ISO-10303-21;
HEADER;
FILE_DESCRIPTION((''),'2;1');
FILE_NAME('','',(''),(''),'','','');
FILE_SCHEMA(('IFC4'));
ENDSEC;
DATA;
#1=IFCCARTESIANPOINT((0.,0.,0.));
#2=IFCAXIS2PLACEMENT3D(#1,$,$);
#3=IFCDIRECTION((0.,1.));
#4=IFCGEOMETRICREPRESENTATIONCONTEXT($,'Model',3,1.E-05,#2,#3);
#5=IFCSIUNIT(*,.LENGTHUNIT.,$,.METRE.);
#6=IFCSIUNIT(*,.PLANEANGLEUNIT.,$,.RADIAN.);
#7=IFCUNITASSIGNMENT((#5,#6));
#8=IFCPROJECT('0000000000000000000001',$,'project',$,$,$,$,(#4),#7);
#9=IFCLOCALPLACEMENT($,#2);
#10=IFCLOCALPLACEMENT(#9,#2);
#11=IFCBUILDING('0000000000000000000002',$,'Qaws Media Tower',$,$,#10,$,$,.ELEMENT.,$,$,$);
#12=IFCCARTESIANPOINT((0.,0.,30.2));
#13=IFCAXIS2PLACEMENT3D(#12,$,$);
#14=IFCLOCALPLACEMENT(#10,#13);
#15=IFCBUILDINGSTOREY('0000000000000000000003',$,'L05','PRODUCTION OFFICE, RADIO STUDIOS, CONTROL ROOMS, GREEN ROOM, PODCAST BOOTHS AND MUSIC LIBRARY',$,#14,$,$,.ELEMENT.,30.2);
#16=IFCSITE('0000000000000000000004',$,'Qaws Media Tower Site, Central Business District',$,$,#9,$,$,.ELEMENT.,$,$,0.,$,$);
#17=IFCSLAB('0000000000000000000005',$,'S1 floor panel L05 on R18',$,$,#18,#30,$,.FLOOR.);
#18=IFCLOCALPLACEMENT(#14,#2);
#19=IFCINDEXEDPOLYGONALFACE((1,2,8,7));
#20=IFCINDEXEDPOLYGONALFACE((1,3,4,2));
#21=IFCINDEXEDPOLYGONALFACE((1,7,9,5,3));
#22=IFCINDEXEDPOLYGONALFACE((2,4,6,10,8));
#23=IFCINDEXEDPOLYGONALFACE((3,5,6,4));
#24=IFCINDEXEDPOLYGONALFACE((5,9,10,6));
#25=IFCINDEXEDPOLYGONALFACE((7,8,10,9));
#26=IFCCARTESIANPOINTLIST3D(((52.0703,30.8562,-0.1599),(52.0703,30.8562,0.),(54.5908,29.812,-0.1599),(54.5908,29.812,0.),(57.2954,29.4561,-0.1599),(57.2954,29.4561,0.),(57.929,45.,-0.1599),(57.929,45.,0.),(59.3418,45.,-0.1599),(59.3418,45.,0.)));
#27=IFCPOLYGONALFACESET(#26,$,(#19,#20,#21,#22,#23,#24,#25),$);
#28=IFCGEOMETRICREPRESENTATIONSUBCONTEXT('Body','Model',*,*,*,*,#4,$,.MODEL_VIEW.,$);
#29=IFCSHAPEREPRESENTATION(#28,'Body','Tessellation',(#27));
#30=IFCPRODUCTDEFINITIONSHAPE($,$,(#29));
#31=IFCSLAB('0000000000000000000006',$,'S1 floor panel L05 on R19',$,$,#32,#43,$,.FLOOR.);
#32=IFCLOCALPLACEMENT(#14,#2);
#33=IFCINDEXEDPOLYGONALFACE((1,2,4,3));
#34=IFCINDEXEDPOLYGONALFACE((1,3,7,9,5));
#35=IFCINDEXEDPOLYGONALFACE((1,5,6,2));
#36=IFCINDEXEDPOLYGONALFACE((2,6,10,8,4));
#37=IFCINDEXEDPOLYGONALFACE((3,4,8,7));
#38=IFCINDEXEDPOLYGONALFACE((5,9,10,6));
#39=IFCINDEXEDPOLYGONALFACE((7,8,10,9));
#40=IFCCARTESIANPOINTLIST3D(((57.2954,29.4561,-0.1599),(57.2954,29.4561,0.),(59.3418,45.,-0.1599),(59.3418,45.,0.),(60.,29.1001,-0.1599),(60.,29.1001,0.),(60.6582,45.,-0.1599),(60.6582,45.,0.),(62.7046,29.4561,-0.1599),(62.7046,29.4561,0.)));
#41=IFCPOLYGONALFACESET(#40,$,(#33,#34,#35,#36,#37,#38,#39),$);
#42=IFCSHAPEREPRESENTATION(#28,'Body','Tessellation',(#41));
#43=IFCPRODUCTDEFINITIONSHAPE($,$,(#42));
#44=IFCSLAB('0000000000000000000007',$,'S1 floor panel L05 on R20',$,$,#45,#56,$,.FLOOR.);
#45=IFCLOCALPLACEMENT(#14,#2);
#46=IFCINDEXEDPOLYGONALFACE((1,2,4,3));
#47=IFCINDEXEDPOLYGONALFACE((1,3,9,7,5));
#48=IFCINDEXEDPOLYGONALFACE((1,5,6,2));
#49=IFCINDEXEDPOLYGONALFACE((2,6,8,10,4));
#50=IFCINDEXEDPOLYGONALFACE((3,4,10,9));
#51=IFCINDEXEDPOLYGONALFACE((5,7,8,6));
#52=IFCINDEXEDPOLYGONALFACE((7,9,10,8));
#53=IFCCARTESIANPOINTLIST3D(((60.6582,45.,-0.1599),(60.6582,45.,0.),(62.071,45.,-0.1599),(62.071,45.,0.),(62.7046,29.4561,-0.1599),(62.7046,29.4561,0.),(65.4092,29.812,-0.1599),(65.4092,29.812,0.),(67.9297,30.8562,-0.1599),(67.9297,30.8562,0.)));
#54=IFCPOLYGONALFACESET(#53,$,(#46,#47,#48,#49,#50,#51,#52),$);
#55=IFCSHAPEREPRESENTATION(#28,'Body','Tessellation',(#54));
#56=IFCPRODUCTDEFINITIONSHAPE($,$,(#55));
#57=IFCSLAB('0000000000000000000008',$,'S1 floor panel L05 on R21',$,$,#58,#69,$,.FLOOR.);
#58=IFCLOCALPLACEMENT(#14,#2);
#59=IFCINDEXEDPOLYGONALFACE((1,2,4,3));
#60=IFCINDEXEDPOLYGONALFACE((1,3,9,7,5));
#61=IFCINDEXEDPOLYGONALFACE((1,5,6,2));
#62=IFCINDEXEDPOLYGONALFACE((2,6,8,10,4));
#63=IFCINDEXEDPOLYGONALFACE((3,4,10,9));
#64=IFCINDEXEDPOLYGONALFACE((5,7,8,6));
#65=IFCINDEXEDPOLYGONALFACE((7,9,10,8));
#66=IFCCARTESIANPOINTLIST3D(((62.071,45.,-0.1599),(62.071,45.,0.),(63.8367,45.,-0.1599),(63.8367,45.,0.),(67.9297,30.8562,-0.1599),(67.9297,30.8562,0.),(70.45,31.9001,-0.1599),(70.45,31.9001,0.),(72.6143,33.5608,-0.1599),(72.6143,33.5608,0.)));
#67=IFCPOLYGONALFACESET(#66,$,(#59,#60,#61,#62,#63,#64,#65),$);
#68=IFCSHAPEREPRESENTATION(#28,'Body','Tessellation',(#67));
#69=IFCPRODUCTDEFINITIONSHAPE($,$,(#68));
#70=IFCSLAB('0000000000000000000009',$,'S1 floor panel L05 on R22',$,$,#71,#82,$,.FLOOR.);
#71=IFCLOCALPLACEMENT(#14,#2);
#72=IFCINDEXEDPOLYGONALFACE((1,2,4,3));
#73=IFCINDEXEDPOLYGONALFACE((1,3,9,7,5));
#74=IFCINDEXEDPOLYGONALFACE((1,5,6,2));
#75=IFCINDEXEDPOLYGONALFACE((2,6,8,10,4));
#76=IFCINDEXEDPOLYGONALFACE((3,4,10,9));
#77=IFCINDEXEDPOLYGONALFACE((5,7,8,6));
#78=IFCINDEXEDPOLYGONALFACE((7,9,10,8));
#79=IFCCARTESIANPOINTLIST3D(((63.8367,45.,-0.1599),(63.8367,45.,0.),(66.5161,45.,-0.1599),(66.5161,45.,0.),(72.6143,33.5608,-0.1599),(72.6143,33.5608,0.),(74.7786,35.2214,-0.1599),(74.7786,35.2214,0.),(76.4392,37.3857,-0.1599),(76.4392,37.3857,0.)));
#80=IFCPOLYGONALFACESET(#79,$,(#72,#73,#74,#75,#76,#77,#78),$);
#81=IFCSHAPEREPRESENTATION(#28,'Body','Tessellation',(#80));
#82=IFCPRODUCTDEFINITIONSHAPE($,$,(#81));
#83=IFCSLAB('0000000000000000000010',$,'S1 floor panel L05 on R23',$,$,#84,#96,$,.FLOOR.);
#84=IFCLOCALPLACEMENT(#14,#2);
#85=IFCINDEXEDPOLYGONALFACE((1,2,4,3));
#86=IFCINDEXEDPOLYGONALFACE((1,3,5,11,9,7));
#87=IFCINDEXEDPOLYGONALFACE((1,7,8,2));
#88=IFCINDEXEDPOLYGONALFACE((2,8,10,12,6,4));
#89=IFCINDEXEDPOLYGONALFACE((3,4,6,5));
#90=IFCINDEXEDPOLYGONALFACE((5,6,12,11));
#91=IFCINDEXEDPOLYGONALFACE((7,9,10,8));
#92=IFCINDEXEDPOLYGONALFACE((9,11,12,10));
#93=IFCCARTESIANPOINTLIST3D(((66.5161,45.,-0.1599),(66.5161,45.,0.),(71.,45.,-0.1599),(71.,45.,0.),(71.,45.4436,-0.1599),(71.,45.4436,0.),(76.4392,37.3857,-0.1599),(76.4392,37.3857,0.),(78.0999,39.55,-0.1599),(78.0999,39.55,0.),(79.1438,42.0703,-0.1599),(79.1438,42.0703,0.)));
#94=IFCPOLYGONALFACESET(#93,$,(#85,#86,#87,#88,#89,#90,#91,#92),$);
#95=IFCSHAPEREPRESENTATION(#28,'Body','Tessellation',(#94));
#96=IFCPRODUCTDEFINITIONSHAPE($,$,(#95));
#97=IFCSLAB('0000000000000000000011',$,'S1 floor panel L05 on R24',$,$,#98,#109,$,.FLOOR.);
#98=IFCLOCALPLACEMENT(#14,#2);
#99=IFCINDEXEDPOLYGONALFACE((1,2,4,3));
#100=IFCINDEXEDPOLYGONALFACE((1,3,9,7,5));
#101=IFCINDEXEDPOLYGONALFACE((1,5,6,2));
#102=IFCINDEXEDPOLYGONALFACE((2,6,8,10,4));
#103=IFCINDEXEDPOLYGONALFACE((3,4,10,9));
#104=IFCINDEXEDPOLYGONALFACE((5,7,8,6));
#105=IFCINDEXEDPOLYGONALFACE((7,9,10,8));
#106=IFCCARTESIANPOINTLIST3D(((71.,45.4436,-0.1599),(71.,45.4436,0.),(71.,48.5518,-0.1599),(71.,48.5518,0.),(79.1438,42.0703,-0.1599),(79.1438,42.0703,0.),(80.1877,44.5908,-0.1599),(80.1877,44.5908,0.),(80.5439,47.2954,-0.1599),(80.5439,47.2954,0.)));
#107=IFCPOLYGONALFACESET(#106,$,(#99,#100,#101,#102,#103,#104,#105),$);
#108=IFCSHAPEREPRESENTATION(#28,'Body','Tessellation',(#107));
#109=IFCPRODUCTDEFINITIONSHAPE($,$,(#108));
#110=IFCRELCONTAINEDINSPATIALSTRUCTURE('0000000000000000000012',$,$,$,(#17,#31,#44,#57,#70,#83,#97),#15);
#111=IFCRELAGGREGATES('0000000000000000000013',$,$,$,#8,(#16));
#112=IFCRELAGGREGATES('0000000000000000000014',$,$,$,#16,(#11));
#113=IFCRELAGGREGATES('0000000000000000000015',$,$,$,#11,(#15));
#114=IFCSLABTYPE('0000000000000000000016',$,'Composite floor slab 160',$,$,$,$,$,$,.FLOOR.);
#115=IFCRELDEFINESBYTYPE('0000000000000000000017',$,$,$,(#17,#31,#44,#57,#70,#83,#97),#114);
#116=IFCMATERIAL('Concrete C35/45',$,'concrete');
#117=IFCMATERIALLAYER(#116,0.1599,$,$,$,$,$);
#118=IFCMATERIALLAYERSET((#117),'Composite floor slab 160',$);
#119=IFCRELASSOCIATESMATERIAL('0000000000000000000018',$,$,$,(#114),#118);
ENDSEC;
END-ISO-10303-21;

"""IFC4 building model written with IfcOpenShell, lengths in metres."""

from ifc_helpers import new_model, si_unit, direction, frame, origin, place, context, subcontext, project, spatial, polyline, outline, extrude, material, layer, layer_set, type_object, element, save


model = new_model("IFC4")

# Units and contexts
model_context = context("Model", 3, precision=1e-05, world=origin(), true_north=direction((0.0, 1.0)))
body_context = subcontext(model_context, "Body", "Model", "MODEL_VIEW")
ifc_project = project(units=[si_unit("LENGTHUNIT", "METRE"), si_unit("PLANEANGLEUNIT", "RADIAN")], contexts=[model_context])

# Site, building, storey
site_placement = place(None, origin())
site = spatial("IfcSite", under=ifc_project, at=site_placement, Name="Qaws Media Tower Site, Central Business District", CompositionType="ELEMENT", RefElevation=0.0)
building_placement = place(site_placement, origin())
building = spatial("IfcBuilding", under=site, at=building_placement, Name="Qaws Media Tower", CompositionType="ELEMENT")
storey_placement = place(building_placement, frame((0.0, 0.0, 30.2)))
storey = spatial("IfcBuildingStorey", under=building, at=storey_placement, Name="L05", Description="PRODUCTION OFFICE, RADIO STUDIOS, CONTROL ROOMS, GREEN ROOM, PODCAST BOOTHS AND MUSIC LIBRARY", CompositionType="ELEMENT", Elevation=30.2)

# Slabs
ifc_material_1 = material(Name="Concrete C35/45", Category="concrete")
ifc_layer_1 = layer(ifc_material_1, 0.1599)
ifc_layer_set_1 = layer_set([ifc_layer_1], Name="Composite floor slab 160")
slab_type_1 = type_object("IfcSlabType", Name="Composite floor slab 160", PredefinedType="FLOOR", material=ifc_layer_set_1)
slab_1_placement = place(storey_placement, frame((0.0, 0.0, -0.1599)))
element("IfcSlab", 1, at=slab_1_placement, inside=storey, type_object=slab_type_1, Name="S1 floor panel L05 on R18", PredefinedType="FLOOR", context=body_context, shape_type="SweptSolid", body=[
    extrude(outline(polyline([(54.5908, 29.812), (52.0703, 30.8562), (57.929, 45.0), (59.3418, 45.0), (57.2954, 29.4561), (54.5908, 29.812)])), origin(), (0.0, 0.0, 1.0), 0.1599),
])
slab_2_placement = place(storey_placement, frame((0.0, 0.0, -0.1599)))
element("IfcSlab", 2, at=slab_2_placement, inside=storey, type_object=slab_type_1, Name="S1 floor panel L05 on R19", PredefinedType="FLOOR", context=body_context, shape_type="SweptSolid", body=[
    extrude(outline(polyline([(60.0, 29.1001), (57.2954, 29.4561), (59.3418, 45.0), (60.6582, 45.0), (62.7046, 29.4561), (60.0, 29.1001)])), origin(), (0.0, 0.0, 1.0), 0.1599),
])
slab_3_placement = place(storey_placement, frame((0.0, 0.0, -0.1599)))
element("IfcSlab", 3, at=slab_3_placement, inside=storey, type_object=slab_type_1, Name="S1 floor panel L05 on R20", PredefinedType="FLOOR", context=body_context, shape_type="SweptSolid", body=[
    extrude(outline(polyline([(65.4092, 29.812), (62.7046, 29.4561), (60.6582, 45.0), (62.071, 45.0), (67.9297, 30.8562), (65.4092, 29.812)])), origin(), (0.0, 0.0, 1.0), 0.1599),
])
slab_4_placement = place(storey_placement, frame((0.0, 0.0, -0.1599)))
element("IfcSlab", 4, at=slab_4_placement, inside=storey, type_object=slab_type_1, Name="S1 floor panel L05 on R21", PredefinedType="FLOOR", context=body_context, shape_type="SweptSolid", body=[
    extrude(outline(polyline([(70.45, 31.9001), (67.9297, 30.8562), (62.071, 45.0), (63.8367, 45.0), (72.6143, 33.5608), (70.45, 31.9001)])), origin(), (0.0, 0.0, 1.0), 0.1599),
])
slab_5_placement = place(storey_placement, frame((0.0, 0.0, -0.1599)))
element("IfcSlab", 5, at=slab_5_placement, inside=storey, type_object=slab_type_1, Name="S1 floor panel L05 on R22", PredefinedType="FLOOR", context=body_context, shape_type="SweptSolid", body=[
    extrude(outline(polyline([(74.7786, 35.2214), (72.6143, 33.5608), (63.8367, 45.0), (66.5161, 45.0), (76.4392, 37.3857), (74.7786, 35.2214)])), origin(), (0.0, 0.0, 1.0), 0.1599),
])
slab_6_placement = place(storey_placement, frame((0.0, 0.0, -0.1599)))
element("IfcSlab", 6, at=slab_6_placement, inside=storey, type_object=slab_type_1, Name="S1 floor panel L05 on R23", PredefinedType="FLOOR", context=body_context, shape_type="SweptSolid", body=[
    extrude(outline(polyline([(78.0999, 39.55), (76.4392, 37.3857), (66.5161, 45.0), (71.0, 45.0), (71.0, 45.4436), (79.1438, 42.0703), (78.0999, 39.55)])), origin(), (0.0, 0.0, 1.0), 0.1599),
])
slab_7_placement = place(storey_placement, frame((0.0, 0.0, -0.1599)))
element("IfcSlab", 7, at=slab_7_placement, inside=storey, type_object=slab_type_1, Name="S1 floor panel L05 on R24", PredefinedType="FLOOR", context=body_context, shape_type="SweptSolid", body=[
    extrude(outline(polyline([(79.1438, 42.0703), (71.0, 45.4436), (71.0, 48.5518), (80.5439, 47.2954), (80.1877, 44.5908), (79.1438, 42.0703)])), origin(), (0.0, 0.0, 1.0), 0.1599),
])

save(model, "model.ifc")
